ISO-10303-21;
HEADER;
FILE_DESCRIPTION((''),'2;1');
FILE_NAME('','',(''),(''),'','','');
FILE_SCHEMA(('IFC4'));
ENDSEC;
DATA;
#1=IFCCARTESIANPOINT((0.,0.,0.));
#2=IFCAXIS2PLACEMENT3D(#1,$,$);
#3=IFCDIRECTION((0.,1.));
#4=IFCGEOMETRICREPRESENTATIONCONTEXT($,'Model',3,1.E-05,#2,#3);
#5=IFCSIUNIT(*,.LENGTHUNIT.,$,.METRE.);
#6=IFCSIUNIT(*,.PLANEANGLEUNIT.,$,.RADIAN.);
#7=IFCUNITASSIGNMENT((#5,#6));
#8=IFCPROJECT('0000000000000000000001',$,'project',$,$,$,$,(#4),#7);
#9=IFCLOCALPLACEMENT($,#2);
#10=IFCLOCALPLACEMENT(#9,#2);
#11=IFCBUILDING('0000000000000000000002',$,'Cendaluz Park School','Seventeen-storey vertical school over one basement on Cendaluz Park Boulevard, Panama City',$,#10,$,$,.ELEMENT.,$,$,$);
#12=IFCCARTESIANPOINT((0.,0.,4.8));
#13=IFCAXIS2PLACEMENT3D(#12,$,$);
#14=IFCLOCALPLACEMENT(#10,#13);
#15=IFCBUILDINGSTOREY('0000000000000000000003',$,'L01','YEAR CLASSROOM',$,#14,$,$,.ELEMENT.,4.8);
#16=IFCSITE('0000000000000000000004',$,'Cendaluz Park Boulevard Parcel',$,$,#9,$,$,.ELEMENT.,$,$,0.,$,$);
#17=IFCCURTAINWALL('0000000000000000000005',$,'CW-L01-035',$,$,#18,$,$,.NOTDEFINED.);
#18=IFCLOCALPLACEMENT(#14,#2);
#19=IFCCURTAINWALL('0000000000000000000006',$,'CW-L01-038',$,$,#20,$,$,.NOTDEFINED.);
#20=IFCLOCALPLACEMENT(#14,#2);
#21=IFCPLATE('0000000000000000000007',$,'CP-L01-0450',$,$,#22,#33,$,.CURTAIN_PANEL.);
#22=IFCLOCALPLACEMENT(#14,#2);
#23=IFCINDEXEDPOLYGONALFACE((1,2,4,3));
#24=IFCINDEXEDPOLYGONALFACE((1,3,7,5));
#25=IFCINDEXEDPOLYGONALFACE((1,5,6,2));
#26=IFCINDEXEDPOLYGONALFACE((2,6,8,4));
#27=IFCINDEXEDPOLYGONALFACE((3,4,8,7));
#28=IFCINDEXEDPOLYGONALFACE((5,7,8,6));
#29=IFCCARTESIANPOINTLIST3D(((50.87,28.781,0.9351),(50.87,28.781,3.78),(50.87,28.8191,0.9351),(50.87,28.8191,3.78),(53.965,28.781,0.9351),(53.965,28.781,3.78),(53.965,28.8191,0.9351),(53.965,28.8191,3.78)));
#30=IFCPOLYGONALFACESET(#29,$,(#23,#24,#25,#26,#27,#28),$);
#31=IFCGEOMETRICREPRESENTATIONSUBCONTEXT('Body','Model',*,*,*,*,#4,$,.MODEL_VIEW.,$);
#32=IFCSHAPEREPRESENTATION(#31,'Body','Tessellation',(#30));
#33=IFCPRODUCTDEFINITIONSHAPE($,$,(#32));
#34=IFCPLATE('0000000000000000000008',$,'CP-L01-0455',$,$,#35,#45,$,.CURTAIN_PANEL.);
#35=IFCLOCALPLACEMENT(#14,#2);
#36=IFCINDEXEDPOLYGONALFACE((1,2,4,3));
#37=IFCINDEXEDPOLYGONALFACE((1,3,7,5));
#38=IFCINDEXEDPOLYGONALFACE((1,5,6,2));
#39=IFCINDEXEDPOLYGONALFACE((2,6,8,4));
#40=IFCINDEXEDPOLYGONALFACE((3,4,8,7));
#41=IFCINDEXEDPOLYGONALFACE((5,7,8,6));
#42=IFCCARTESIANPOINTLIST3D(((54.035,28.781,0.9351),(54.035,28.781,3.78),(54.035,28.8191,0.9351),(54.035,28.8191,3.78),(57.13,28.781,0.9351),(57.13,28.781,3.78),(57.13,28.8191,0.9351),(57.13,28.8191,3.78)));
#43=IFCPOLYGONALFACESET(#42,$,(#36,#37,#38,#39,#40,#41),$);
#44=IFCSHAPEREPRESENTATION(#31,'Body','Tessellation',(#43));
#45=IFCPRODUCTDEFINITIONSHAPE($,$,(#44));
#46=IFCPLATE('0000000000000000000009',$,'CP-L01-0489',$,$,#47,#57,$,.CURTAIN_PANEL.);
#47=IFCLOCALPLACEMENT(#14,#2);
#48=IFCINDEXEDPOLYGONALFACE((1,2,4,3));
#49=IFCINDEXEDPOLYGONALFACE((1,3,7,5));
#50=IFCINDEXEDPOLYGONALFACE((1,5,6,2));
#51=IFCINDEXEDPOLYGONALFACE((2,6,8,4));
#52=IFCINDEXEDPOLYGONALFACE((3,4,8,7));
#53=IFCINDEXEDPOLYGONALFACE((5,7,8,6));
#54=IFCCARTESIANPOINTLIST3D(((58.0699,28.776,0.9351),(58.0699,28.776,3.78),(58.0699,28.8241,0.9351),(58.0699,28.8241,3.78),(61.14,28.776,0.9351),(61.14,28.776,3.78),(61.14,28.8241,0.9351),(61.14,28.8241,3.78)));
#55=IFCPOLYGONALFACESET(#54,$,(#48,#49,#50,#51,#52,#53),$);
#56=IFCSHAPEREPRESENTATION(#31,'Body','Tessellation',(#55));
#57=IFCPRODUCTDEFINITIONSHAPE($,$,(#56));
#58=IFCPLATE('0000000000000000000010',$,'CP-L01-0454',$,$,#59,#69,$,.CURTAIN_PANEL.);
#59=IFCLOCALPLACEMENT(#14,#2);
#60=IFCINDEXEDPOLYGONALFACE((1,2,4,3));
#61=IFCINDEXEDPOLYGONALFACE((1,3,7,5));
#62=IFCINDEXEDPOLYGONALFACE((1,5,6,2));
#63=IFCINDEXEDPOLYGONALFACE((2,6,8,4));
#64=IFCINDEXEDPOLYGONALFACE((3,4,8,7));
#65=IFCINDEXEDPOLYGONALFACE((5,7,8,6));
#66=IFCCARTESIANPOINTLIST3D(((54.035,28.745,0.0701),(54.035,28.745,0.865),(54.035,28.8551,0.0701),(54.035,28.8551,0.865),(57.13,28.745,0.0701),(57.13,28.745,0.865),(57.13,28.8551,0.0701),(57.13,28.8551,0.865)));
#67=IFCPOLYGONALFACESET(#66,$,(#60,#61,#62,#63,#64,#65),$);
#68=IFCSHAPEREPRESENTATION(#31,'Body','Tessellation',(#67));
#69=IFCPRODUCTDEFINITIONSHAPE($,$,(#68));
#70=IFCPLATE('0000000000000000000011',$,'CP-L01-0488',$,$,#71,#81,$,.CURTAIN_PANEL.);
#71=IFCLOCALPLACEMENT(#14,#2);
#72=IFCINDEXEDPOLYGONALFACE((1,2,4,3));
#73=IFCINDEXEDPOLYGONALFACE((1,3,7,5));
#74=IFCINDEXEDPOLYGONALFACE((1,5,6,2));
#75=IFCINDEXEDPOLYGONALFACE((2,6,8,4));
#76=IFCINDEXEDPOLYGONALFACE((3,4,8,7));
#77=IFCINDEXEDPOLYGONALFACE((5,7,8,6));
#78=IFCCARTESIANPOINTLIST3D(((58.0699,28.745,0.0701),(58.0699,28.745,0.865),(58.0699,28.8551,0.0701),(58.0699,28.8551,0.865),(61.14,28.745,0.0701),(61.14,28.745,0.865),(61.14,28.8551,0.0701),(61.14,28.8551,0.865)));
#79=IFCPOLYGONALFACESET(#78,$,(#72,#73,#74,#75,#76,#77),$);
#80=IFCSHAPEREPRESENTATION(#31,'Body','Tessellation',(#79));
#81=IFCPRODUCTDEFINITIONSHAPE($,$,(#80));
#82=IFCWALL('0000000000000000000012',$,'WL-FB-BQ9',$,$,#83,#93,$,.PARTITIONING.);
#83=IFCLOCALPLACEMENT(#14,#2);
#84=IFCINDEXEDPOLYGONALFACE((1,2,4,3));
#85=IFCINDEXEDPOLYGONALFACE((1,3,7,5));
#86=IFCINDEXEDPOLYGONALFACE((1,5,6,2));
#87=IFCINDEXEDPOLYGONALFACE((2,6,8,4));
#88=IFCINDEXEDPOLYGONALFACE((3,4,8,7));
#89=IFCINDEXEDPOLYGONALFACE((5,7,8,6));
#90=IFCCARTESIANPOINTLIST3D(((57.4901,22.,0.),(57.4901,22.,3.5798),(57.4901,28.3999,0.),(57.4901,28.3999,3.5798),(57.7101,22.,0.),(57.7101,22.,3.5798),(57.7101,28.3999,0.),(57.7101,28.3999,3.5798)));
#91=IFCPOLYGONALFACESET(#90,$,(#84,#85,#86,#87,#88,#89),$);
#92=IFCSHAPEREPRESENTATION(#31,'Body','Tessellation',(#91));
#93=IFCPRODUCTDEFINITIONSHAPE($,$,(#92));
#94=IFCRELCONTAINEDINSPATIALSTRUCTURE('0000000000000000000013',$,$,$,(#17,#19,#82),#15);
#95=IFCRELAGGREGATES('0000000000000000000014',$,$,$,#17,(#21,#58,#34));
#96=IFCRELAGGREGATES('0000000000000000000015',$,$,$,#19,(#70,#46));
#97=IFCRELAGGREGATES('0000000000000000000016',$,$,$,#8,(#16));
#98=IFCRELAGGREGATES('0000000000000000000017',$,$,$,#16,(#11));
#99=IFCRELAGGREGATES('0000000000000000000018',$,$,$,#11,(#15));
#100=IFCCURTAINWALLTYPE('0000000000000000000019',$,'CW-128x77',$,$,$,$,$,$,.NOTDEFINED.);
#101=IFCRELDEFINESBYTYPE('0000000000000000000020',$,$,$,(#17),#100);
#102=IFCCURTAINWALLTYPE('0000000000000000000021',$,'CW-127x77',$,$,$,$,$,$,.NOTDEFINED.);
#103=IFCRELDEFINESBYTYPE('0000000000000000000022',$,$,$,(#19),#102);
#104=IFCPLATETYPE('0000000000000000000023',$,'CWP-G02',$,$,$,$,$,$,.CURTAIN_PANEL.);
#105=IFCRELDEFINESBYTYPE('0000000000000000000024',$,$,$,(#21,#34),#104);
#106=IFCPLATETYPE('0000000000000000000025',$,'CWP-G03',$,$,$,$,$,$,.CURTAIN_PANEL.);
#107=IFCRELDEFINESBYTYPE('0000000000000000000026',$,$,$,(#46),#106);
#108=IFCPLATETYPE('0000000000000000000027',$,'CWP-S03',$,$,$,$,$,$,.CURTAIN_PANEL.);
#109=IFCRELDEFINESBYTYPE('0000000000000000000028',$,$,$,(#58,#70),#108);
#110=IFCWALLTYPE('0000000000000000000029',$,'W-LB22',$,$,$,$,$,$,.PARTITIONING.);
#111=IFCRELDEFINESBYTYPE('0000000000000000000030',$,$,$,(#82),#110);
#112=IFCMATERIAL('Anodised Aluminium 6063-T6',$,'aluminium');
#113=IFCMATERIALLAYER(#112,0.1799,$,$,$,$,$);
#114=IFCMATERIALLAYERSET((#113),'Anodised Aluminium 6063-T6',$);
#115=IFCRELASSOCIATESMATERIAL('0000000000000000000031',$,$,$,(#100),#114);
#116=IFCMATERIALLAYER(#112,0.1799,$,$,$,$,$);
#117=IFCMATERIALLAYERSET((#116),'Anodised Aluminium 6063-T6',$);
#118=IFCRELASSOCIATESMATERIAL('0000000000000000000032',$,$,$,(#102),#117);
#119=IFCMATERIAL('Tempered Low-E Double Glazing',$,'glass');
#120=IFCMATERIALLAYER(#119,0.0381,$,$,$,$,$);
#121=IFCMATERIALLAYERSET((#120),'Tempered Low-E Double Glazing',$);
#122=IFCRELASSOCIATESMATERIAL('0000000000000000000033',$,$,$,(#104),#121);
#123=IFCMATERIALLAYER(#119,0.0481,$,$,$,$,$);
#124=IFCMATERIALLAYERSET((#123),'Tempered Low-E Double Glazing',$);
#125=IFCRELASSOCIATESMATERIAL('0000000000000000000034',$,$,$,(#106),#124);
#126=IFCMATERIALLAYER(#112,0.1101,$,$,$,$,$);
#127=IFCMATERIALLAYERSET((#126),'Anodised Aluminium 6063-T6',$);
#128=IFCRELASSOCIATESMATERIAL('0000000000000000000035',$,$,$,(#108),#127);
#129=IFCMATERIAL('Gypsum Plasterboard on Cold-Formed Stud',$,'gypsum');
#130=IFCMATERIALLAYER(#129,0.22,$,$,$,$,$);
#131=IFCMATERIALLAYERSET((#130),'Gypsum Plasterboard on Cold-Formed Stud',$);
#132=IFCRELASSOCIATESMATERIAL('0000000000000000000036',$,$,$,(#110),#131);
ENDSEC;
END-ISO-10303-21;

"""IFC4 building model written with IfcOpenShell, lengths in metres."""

from ifc_helpers import new_model, si_unit, direction, frame, frame_2d, origin, origin_2d, place, context, subcontext, project, spatial, rectangle, extrude, material, layer, layer_set, type_object, element, aggregate, save


model = new_model("IFC4")

# Units and contexts
model_context = context("Model", 3, precision=1e-05, world=origin(), true_north=direction((0.0, 1.0)))
body_context = subcontext(model_context, "Body", "Model", "MODEL_VIEW")
ifc_project = project(units=[si_unit("LENGTHUNIT", "METRE"), si_unit("PLANEANGLEUNIT", "RADIAN")], contexts=[model_context])

# Site, building, storey
site_placement = place(None, origin())
site = spatial("IfcSite", under=ifc_project, at=site_placement, Name="Cendaluz Park Boulevard Parcel", CompositionType="ELEMENT", RefElevation=0.0)
building_placement = place(site_placement, origin())
building = spatial("IfcBuilding", under=site, at=building_placement, Name="Cendaluz Park School", Description="Seventeen-storey vertical school over one basement on Cendaluz Park Boulevard, Panama City", CompositionType="ELEMENT")
storey_placement = place(building_placement, frame((0.0, 0.0, 4.8)))
storey = spatial("IfcBuildingStorey", under=building, at=storey_placement, Name="L01", Description="YEAR CLASSROOM", CompositionType="ELEMENT", Elevation=4.8)

# Curtain wall
ifc_material_1 = material(Name="Anodised Aluminium 6063-T6", Category="aluminium")
ifc_layer_1 = layer(ifc_material_1, 0.1799)
ifc_layer_set_1 = layer_set([ifc_layer_1], Name="Anodised Aluminium 6063-T6")
curtain_wall_type_1 = type_object("IfcCurtainWallType", Name="CW-128x77", PredefinedType="NOTDEFINED", material=ifc_layer_set_1)
curtain_wall_1_placement = place(storey_placement, origin())
curtain_wall_1 = element("IfcCurtainWall", 1, at=curtain_wall_1_placement, inside=storey, type_object=curtain_wall_type_1, Name="CW-L01-035", PredefinedType="NOTDEFINED")

# Curtain wall
ifc_layer_2 = layer(ifc_material_1, 0.1799)
ifc_layer_set_2 = layer_set([ifc_layer_2], Name="Anodised Aluminium 6063-T6")
curtain_wall_type_2 = type_object("IfcCurtainWallType", Name="CW-127x77", PredefinedType="NOTDEFINED", material=ifc_layer_set_2)
curtain_wall_2_placement = place(storey_placement, origin())
curtain_wall_2 = element("IfcCurtainWall", 2, at=curtain_wall_2_placement, inside=storey, type_object=curtain_wall_type_2, Name="CW-L01-038", PredefinedType="NOTDEFINED")

# Plates
ifc_material_2 = material(Name="Tempered Low-E Double Glazing", Category="glass")
ifc_layer_3 = layer(ifc_material_2, 0.0381)
ifc_layer_set_3 = layer_set([ifc_layer_3], Name="Tempered Low-E Double Glazing")
plate_type_1 = type_object("IfcPlateType", Name="CWP-G02", PredefinedType="CURTAIN_PANEL", material=ifc_layer_set_3)
plate_1_placement = place(storey_placement, frame((52.4175, 28.8, 0.9351), z_axis=(0.0, 0.0, 1.0), x_axis=(1.0, 0.0, 0.0)))
plate_1 = element("IfcPlate", 3, at=plate_1_placement, type_object=plate_type_1, Name="CP-L01-0450", PredefinedType="CURTAIN_PANEL", context=body_context, shape_type="SweptSolid", body=[
    extrude(rectangle(XDim=3.095, YDim=0.0381, at=origin_2d()), origin(), (0.0, 0.0, 1.0), 2.845),
])
plate_2_placement = place(storey_placement, frame((55.5825, 28.8, 0.9351), z_axis=(0.0, 0.0, 1.0), x_axis=(1.0, 0.0, 0.0)))
plate_2 = element("IfcPlate", 4, at=plate_2_placement, type_object=plate_type_1, Name="CP-L01-0455", PredefinedType="CURTAIN_PANEL", context=body_context, shape_type="SweptSolid", body=[
    extrude(rectangle(XDim=3.095, YDim=0.0381, at=origin_2d()), origin(), (0.0, 0.0, 1.0), 2.845),
])
ifc_layer_4 = layer(ifc_material_2, 0.0481)
ifc_layer_set_4 = layer_set([ifc_layer_4], Name="Tempered Low-E Double Glazing")
plate_type_2 = type_object("IfcPlateType", Name="CWP-G03", PredefinedType="CURTAIN_PANEL", material=ifc_layer_set_4)
plate_3_placement = place(storey_placement, frame((59.605, 28.8, 0.9351), z_axis=(0.0, 0.0, 1.0), x_axis=(1.0, 0.0, 0.0)))
plate_3 = element("IfcPlate", 5, at=plate_3_placement, type_object=plate_type_2, Name="CP-L01-0489", PredefinedType="CURTAIN_PANEL", context=body_context, shape_type="SweptSolid", body=[
    extrude(rectangle(XDim=3.0701, YDim=0.0481, at=origin_2d()), origin(), (0.0, 0.0, 1.0), 2.845),
])
ifc_layer_5 = layer(ifc_material_1, 0.1101)
ifc_layer_set_5 = layer_set([ifc_layer_5], Name="Anodised Aluminium 6063-T6")
plate_type_3 = type_object("IfcPlateType", Name="CWP-S03", PredefinedType="CURTAIN_PANEL", material=ifc_layer_set_5)
plate_4_placement = place(storey_placement, frame((55.5825, 28.8, 0.0701), z_axis=(0.0, 0.0, 1.0), x_axis=(1.0, 0.0, 0.0)))
plate_4 = element("IfcPlate", 6, at=plate_4_placement, type_object=plate_type_3, Name="CP-L01-0454", PredefinedType="CURTAIN_PANEL", context=body_context, shape_type="SweptSolid", body=[
    extrude(rectangle(XDim=3.095, YDim=0.1101, at=origin_2d()), origin(), (0.0, 0.0, 1.0), 0.7949),
])
aggregate(curtain_wall_1, [plate_1, plate_4, plate_2])
plate_5_placement = place(storey_placement, frame((59.605, 28.8, 0.0701), z_axis=(0.0, 0.0, 1.0), x_axis=(1.0, 0.0, 0.0)))
plate_5 = element("IfcPlate", 7, at=plate_5_placement, type_object=plate_type_3, Name="CP-L01-0488", PredefinedType="CURTAIN_PANEL", context=body_context, shape_type="SweptSolid", body=[
    extrude(rectangle(XDim=3.0701, YDim=0.1101, at=origin_2d()), origin(), (0.0, 0.0, 1.0), 0.7949),
])
aggregate(curtain_wall_2, [plate_5, plate_3])

# Wall
ifc_material_3 = material(Name="Gypsum Plasterboard on Cold-Formed Stud", Category="gypsum")
ifc_layer_6 = layer(ifc_material_3, 0.22)
ifc_layer_set_6 = layer_set([ifc_layer_6], Name="Gypsum Plasterboard on Cold-Formed Stud")
wall_type = type_object("IfcWallType", Name="W-LB22", PredefinedType="PARTITIONING", material=ifc_layer_set_6)
wall_placement = place(storey_placement, frame((57.6001, 22.0, 0.0), z_axis=(0.0, 0.0, 1.0), x_axis=(0.0, 1.0, 0.0)))
element("IfcWall", 8, at=wall_placement, inside=storey, type_object=wall_type, Name="WL-FB-BQ9", PredefinedType="PARTITIONING", context=body_context, shape_type="SweptSolid", body=[
    extrude(rectangle(XDim=6.3999, YDim=0.22, at=frame_2d((3.2, 0.0))), origin(), (0.0, 0.0, 1.0), 3.5798),
])

save(model, "model.ifc")
